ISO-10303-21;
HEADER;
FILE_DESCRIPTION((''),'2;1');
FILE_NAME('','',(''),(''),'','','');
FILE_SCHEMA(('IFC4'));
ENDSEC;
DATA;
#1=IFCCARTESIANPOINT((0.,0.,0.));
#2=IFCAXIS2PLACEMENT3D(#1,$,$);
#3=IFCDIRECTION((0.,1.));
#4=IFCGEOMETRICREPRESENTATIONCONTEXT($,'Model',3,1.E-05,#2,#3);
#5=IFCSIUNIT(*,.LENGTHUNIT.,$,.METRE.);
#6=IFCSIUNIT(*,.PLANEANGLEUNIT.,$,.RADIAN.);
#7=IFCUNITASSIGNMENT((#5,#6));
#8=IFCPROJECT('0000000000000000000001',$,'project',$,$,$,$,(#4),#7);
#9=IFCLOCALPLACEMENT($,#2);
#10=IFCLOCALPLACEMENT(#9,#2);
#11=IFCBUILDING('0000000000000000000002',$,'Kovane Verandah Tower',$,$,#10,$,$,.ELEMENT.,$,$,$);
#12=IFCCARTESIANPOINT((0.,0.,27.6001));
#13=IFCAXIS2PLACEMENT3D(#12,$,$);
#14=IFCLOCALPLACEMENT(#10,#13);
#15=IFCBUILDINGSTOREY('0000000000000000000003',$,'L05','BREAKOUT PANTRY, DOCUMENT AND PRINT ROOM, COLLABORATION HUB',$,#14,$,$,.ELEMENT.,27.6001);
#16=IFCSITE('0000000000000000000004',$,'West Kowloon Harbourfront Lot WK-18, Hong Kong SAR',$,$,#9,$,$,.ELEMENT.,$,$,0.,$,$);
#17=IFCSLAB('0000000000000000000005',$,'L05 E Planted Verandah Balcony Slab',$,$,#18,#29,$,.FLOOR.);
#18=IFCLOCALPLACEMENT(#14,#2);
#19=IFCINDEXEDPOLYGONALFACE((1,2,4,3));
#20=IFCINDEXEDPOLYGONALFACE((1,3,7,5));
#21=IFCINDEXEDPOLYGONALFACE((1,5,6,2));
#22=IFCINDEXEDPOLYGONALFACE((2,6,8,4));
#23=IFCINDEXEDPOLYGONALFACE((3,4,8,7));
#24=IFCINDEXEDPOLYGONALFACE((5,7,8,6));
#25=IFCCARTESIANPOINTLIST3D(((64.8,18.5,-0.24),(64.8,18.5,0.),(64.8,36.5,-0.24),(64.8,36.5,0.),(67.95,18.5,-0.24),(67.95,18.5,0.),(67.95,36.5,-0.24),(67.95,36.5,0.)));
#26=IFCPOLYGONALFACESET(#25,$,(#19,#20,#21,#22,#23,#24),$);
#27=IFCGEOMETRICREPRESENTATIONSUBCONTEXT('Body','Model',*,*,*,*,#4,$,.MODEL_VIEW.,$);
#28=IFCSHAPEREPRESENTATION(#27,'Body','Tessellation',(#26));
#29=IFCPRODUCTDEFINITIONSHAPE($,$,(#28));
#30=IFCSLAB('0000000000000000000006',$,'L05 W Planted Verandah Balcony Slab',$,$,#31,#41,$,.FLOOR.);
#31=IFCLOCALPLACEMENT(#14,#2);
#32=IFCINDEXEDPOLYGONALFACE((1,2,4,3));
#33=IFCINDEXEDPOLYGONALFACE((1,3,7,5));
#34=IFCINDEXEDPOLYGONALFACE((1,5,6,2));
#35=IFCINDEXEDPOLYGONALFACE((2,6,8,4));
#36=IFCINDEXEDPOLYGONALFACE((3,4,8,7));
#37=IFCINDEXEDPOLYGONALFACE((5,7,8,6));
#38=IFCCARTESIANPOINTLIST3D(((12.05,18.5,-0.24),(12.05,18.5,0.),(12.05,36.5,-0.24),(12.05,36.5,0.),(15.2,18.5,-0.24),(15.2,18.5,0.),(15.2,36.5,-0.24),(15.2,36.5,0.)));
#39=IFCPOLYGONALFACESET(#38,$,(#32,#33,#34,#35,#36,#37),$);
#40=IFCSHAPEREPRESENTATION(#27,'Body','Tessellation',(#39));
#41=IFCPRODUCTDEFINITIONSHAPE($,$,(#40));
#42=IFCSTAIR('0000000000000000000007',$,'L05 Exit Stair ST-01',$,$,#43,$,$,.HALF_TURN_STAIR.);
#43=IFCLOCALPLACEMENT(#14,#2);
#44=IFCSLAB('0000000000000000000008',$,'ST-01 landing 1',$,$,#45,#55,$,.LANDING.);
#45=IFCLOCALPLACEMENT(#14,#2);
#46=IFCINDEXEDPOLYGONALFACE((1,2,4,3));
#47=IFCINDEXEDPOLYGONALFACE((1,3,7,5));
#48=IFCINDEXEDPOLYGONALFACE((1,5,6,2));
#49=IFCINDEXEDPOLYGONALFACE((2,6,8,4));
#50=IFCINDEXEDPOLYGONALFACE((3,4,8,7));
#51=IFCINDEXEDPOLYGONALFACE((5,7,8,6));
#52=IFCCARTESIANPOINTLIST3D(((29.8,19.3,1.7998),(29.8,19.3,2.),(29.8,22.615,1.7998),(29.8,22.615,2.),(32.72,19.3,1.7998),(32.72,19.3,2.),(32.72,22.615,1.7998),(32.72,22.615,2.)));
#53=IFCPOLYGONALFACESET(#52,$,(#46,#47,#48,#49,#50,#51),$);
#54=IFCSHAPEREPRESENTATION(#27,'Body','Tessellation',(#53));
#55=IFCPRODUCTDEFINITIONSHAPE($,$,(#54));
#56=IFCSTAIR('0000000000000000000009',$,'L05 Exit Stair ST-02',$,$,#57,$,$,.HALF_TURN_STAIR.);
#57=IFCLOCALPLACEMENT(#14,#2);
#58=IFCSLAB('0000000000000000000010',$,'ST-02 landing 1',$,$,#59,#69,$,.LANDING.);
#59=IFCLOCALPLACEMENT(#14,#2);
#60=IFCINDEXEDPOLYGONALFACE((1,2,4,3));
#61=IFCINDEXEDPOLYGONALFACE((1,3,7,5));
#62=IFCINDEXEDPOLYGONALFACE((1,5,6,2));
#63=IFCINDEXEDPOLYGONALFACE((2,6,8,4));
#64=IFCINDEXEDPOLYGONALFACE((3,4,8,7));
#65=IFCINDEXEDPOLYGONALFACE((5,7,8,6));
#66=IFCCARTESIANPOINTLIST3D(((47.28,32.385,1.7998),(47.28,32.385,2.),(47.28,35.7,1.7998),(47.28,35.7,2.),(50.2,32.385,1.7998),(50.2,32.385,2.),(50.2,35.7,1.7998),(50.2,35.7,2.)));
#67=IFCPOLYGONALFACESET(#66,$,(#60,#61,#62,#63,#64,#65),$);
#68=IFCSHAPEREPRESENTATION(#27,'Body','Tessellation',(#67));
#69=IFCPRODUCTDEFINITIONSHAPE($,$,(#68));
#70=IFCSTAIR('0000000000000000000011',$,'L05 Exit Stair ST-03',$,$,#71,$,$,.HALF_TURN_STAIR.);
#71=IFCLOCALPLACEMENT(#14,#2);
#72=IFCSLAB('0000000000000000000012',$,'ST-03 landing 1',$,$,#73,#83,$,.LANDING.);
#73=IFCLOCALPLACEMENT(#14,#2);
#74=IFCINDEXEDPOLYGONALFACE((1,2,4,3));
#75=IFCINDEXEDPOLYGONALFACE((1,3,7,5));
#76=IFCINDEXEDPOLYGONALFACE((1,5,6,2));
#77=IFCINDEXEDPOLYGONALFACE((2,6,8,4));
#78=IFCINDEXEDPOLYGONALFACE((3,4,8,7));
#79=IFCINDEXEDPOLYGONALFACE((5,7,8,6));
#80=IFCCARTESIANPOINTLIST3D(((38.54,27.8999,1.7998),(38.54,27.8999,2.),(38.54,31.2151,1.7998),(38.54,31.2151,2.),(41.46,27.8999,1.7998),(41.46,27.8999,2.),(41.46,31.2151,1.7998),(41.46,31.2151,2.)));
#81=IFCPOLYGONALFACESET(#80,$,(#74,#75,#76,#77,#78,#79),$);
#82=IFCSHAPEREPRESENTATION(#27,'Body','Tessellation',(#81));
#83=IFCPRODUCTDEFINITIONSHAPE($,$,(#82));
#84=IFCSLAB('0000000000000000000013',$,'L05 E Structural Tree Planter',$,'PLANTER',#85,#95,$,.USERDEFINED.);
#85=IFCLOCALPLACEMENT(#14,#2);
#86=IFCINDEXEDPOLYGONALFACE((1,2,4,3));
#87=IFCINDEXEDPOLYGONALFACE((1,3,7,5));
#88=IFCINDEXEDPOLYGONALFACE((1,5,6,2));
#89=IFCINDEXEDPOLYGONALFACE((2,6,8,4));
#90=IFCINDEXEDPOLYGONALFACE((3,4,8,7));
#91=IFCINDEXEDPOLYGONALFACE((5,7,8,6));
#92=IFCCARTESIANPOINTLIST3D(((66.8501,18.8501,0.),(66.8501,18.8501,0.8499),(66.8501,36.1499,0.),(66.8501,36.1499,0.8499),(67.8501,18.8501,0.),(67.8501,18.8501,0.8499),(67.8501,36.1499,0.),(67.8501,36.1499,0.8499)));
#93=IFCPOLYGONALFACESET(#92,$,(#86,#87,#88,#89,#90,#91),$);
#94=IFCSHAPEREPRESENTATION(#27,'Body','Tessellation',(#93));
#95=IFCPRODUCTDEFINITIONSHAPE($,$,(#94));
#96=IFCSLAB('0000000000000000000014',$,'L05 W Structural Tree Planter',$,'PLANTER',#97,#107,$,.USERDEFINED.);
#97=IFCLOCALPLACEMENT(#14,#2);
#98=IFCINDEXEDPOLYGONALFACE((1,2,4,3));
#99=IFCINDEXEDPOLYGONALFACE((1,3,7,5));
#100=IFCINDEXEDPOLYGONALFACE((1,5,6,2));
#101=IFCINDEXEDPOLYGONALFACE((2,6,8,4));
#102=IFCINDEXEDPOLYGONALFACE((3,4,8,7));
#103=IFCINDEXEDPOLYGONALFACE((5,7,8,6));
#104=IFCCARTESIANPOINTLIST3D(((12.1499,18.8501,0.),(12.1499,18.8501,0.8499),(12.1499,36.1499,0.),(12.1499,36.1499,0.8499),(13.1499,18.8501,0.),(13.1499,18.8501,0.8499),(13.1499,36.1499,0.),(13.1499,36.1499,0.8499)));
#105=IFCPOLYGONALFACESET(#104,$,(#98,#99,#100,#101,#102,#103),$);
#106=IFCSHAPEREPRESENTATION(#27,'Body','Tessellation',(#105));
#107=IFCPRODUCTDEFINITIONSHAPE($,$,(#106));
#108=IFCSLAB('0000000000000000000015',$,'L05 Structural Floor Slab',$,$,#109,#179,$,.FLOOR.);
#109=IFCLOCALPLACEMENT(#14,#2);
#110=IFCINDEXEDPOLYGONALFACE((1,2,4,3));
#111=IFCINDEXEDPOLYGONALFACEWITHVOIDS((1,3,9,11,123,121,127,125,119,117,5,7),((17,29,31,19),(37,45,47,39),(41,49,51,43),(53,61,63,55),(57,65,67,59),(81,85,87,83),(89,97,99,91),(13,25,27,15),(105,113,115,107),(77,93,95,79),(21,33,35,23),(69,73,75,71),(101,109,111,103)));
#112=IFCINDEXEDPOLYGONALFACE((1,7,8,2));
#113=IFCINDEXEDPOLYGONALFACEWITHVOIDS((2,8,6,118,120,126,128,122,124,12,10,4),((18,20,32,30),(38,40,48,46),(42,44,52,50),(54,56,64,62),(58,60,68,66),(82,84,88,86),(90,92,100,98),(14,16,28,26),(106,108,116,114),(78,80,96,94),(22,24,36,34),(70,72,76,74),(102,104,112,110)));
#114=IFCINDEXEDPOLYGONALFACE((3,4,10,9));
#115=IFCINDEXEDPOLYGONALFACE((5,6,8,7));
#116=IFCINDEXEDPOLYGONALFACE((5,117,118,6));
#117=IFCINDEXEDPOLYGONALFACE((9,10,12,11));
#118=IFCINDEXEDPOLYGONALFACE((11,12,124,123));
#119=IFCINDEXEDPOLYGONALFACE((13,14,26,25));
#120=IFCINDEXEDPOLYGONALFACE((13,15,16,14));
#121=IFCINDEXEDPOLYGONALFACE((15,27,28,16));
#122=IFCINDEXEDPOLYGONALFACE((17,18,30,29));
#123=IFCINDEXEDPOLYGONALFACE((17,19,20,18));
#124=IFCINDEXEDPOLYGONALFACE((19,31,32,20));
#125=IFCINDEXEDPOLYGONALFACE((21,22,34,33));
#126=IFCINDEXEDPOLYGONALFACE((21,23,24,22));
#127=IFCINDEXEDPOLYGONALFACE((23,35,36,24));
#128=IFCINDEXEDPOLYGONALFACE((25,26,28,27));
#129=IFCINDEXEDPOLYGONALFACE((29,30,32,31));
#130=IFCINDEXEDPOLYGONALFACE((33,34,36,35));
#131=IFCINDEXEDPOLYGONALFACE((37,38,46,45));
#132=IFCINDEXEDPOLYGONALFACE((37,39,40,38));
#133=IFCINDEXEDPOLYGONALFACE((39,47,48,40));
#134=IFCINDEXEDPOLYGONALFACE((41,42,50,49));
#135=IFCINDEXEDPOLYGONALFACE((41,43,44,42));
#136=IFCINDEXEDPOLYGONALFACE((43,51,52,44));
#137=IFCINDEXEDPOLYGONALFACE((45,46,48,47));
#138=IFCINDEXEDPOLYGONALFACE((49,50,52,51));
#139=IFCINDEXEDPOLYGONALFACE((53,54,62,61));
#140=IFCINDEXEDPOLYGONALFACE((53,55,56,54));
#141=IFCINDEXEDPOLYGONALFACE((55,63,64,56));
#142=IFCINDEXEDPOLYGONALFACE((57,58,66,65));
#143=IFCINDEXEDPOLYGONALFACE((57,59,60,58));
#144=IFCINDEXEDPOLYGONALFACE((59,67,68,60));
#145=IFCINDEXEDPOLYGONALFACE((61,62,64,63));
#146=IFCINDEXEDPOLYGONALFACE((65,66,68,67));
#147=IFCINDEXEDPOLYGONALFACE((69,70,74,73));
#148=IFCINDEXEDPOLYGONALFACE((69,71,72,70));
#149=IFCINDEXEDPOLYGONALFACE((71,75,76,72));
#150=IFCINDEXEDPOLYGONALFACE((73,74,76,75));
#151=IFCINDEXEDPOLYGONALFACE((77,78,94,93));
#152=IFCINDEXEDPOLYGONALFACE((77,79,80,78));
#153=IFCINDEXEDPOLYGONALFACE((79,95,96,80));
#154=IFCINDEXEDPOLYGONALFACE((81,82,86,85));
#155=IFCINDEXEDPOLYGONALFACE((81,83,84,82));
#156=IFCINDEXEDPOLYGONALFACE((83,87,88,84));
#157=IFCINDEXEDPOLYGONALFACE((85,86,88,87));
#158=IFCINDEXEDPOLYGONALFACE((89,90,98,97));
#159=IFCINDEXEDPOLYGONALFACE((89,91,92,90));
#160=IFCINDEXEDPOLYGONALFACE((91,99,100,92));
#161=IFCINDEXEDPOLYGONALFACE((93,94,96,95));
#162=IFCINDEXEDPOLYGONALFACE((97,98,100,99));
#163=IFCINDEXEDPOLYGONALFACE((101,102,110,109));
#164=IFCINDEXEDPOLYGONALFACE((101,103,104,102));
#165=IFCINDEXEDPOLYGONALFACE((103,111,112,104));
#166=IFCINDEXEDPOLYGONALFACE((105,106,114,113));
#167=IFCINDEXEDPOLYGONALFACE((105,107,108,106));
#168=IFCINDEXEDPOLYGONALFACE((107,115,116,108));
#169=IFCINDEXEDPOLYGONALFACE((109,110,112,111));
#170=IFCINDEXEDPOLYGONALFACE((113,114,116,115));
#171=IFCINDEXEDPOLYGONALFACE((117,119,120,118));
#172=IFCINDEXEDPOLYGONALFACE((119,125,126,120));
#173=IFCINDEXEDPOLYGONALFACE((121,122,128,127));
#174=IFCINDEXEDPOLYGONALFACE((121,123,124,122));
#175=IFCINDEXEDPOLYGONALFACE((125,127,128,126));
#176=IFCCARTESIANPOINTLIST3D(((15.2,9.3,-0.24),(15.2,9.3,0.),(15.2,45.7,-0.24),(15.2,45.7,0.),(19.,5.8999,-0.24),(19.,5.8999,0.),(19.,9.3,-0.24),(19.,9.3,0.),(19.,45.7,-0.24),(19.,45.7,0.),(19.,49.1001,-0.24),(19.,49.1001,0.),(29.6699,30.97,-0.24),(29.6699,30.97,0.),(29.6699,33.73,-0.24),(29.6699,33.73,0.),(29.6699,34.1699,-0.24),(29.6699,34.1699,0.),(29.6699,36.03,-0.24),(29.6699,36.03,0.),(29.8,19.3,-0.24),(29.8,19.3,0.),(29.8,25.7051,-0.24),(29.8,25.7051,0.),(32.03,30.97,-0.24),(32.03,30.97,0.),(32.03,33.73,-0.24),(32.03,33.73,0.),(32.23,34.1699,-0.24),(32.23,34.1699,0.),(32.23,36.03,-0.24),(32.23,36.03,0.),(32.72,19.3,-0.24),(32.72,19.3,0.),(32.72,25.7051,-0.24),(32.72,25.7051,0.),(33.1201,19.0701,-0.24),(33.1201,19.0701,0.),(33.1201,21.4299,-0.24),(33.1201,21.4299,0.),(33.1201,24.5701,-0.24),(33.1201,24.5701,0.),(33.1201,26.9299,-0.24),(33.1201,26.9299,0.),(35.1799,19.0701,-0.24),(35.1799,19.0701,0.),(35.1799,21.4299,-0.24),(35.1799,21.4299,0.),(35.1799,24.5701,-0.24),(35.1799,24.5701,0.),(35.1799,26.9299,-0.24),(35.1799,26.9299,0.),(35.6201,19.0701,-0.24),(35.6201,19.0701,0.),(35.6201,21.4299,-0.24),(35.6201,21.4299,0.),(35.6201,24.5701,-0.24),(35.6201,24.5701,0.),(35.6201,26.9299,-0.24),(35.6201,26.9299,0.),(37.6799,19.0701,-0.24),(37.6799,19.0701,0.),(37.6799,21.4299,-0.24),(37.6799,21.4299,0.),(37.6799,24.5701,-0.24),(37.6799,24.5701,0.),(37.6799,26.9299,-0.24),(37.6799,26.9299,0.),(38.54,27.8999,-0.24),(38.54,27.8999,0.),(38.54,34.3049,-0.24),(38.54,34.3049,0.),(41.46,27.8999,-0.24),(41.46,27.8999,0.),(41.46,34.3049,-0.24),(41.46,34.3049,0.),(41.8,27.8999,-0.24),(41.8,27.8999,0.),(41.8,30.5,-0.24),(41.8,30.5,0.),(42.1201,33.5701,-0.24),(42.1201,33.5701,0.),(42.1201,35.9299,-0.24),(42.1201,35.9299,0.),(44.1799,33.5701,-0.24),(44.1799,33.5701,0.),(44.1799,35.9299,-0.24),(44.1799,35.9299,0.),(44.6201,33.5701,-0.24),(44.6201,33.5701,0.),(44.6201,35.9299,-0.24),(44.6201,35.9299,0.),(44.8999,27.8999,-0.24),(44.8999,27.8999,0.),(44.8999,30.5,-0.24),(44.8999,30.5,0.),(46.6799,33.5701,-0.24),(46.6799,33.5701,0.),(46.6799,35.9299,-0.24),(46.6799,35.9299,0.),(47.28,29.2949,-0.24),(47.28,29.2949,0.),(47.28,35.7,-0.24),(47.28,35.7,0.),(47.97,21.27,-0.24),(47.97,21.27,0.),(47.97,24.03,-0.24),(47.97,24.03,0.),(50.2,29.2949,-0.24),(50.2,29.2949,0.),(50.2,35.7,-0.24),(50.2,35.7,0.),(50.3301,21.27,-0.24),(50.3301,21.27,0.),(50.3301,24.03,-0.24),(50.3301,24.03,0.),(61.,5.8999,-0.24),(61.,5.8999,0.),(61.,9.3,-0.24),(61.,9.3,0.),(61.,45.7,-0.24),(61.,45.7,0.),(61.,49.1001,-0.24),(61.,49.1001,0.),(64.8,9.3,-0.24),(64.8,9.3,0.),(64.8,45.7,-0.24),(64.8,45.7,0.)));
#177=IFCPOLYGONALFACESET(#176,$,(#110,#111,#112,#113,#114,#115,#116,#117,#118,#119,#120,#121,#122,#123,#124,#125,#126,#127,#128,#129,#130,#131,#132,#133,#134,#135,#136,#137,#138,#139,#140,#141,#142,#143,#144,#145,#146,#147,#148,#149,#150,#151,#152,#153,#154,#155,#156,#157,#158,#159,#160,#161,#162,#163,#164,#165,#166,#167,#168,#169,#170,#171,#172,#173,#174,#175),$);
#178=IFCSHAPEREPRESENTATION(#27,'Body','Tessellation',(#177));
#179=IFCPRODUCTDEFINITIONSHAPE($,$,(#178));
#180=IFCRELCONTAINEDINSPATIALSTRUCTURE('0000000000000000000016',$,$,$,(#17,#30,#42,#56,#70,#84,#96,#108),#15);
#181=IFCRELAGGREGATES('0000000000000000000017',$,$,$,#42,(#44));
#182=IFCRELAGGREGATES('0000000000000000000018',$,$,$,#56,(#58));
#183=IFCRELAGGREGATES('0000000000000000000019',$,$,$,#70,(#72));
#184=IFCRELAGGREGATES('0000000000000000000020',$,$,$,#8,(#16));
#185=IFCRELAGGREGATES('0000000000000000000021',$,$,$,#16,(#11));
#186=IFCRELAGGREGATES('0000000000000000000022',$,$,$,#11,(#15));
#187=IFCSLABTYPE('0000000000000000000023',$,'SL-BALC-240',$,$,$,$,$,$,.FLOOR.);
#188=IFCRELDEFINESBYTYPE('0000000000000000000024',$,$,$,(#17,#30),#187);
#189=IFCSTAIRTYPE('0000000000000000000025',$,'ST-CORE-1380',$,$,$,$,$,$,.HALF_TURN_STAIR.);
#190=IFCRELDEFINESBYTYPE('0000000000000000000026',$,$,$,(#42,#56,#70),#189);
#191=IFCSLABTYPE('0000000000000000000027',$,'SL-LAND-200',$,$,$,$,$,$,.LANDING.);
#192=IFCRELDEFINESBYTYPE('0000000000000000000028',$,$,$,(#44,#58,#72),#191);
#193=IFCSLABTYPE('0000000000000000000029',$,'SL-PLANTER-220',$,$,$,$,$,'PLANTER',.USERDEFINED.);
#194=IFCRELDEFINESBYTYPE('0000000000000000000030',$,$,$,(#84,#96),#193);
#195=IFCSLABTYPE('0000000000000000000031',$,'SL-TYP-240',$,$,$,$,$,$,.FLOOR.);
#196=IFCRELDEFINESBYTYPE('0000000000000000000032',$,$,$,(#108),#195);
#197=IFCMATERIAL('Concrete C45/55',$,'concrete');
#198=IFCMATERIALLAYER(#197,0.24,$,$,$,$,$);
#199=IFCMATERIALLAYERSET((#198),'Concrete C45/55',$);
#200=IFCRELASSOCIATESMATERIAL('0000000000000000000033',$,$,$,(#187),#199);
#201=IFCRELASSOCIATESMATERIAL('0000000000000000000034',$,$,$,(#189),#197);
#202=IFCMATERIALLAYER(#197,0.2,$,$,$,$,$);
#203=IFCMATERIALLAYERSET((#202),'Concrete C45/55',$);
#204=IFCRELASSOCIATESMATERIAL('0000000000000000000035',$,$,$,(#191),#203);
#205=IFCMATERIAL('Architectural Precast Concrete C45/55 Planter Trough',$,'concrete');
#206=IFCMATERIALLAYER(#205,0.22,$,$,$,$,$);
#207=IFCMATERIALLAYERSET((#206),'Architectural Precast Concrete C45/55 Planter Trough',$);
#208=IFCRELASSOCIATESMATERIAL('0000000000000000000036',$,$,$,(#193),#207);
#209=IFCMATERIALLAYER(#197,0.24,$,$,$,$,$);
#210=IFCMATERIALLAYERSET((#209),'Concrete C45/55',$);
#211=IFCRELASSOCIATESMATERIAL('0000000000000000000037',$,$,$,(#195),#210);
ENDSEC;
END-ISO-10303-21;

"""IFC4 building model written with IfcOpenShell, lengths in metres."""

from ifc_helpers import new_model, si_unit, direction, frame, origin, place, context, subcontext, project, spatial, polyline, outline, extrude, material, layer, layer_set, type_object, element, aggregate, save


model = new_model("IFC4")

# Units and contexts
model_context = context("Model", 3, precision=1e-05, world=origin(), true_north=direction((0.0, 1.0)))
body_context = subcontext(model_context, "Body", "Model", "MODEL_VIEW")
ifc_project = project(units=[si_unit("LENGTHUNIT", "METRE"), si_unit("PLANEANGLEUNIT", "RADIAN")], contexts=[model_context])

# Site, building, storey
site_placement = place(None, origin())
site = spatial("IfcSite", under=ifc_project, at=site_placement, Name="West Kowloon Harbourfront Lot WK-18, Hong Kong SAR", CompositionType="ELEMENT", RefElevation=0.0)
building_placement = place(site_placement, origin())
building = spatial("IfcBuilding", under=site, at=building_placement, Name="Kovane Verandah Tower", CompositionType="ELEMENT")
storey_placement = place(building_placement, frame((0.0, 0.0, 27.6001)))
storey = spatial("IfcBuildingStorey", under=building, at=storey_placement, Name="L05", Description="BREAKOUT PANTRY, DOCUMENT AND PRINT ROOM, COLLABORATION HUB", CompositionType="ELEMENT", Elevation=27.6001)

# Slabs
ifc_material_1 = material(Name="Concrete C45/55", Category="concrete")
ifc_layer_1 = layer(ifc_material_1, 0.24)
ifc_layer_set_1 = layer_set([ifc_layer_1], Name="Concrete C45/55")
slab_type_1 = type_object("IfcSlabType", Name="SL-BALC-240", PredefinedType="FLOOR", material=ifc_layer_set_1)
slab_1_placement = place(storey_placement, frame((0.0, 0.0, -0.24)))
element("IfcSlab", 1, at=slab_1_placement, inside=storey, type_object=slab_type_1, Name="L05 E Planted Verandah Balcony Slab", PredefinedType="FLOOR", context=body_context, shape_type="SweptSolid", body=[
    extrude(outline(polyline([(64.8, 18.5), (67.95, 18.5), (67.95, 36.5), (64.8, 36.5), (64.8, 18.5)])), origin(), (0.0, 0.0, 1.0), 0.24),
])
slab_2_placement = place(storey_placement, frame((0.0, 0.0, -0.24)))
element("IfcSlab", 2, at=slab_2_placement, inside=storey, type_object=slab_type_1, Name="L05 W Planted Verandah Balcony Slab", PredefinedType="FLOOR", context=body_context, shape_type="SweptSolid", body=[
    extrude(outline(polyline([(12.05, 18.5), (15.2, 18.5), (15.2, 36.5), (12.05, 36.5), (12.05, 18.5)])), origin(), (0.0, 0.0, 1.0), 0.24),
])

# Stairs, slabs
stair_type = type_object("IfcStairType", Name="ST-CORE-1380", PredefinedType="HALF_TURN_STAIR", material=ifc_material_1)
stair_1_placement = place(storey_placement, origin())
stair_1 = element("IfcStair", 3, at=stair_1_placement, inside=storey, type_object=stair_type, Name="L05 Exit Stair ST-01", PredefinedType="HALF_TURN_STAIR")
ifc_layer_2 = layer(ifc_material_1, 0.2)
ifc_layer_set_2 = layer_set([ifc_layer_2], Name="Concrete C45/55")
slab_type_2 = type_object("IfcSlabType", Name="SL-LAND-200", PredefinedType="LANDING", material=ifc_layer_set_2)
slab_3_placement = place(storey_placement, frame((0.0, 0.0, 1.7998)))
slab_3 = element("IfcSlab", 4, at=slab_3_placement, type_object=slab_type_2, Name="ST-01 landing 1", PredefinedType="LANDING", context=body_context, shape_type="SweptSolid", body=[
    extrude(outline(polyline([(29.8, 22.615), (29.8, 19.3), (32.72, 19.3), (32.72, 22.615), (29.8, 22.615)])), origin(), (0.0, 0.0, 1.0), 0.2002),
])
aggregate(stair_1, [slab_3])
stair_2_placement = place(storey_placement, origin())
stair_2 = element("IfcStair", 5, at=stair_2_placement, inside=storey, type_object=stair_type, Name="L05 Exit Stair ST-02", PredefinedType="HALF_TURN_STAIR")
slab_4_placement = place(storey_placement, frame((0.0, 0.0, 1.7998)))
slab_4 = element("IfcSlab", 6, at=slab_4_placement, type_object=slab_type_2, Name="ST-02 landing 1", PredefinedType="LANDING", context=body_context, shape_type="SweptSolid", body=[
    extrude(outline(polyline([(50.2, 32.385), (50.2, 35.7), (47.28, 35.7), (47.28, 32.385), (50.2, 32.385)])), origin(), (0.0, 0.0, 1.0), 0.2002),
])
aggregate(stair_2, [slab_4])
stair_3_placement = place(storey_placement, origin())
stair_3 = element("IfcStair", 7, at=stair_3_placement, inside=storey, type_object=stair_type, Name="L05 Exit Stair ST-03", PredefinedType="HALF_TURN_STAIR")
slab_5_placement = place(storey_placement, frame((0.0, 0.0, 1.7998)))
slab_5 = element("IfcSlab", 8, at=slab_5_placement, type_object=slab_type_2, Name="ST-03 landing 1", PredefinedType="LANDING", context=body_context, shape_type="SweptSolid", body=[
    extrude(outline(polyline([(38.54, 31.2151), (38.54, 27.8999), (41.46, 27.8999), (41.46, 31.2151), (38.54, 31.2151)])), origin(), (0.0, 0.0, 1.0), 0.2002),
])
aggregate(stair_3, [slab_5])

# Slabs
ifc_material_2 = material(Name="Architectural Precast Concrete C45/55 Planter Trough", Category="concrete")
ifc_layer_3 = layer(ifc_material_2, 0.22)
ifc_layer_set_3 = layer_set([ifc_layer_3], Name="Architectural Precast Concrete C45/55 Planter Trough")
slab_type_3 = type_object("IfcSlabType", Name="SL-PLANTER-220", ElementType="PLANTER", PredefinedType="USERDEFINED", material=ifc_layer_set_3)
slab_6_placement = place(storey_placement, origin())
element("IfcSlab", 9, at=slab_6_placement, inside=storey, type_object=slab_type_3, Name="L05 E Structural Tree Planter", ObjectType="PLANTER", PredefinedType="USERDEFINED", context=body_context, shape_type="SweptSolid", body=[
    extrude(outline(polyline([(66.8501, 18.8501), (67.8501, 18.8501), (67.8501, 36.1499), (66.8501, 36.1499), (66.8501, 18.8501)])), origin(), (0.0, 0.0, 1.0), 0.8499),
])
slab_7_placement = place(storey_placement, origin())
element("IfcSlab", 10, at=slab_7_placement, inside=storey, type_object=slab_type_3, Name="L05 W Structural Tree Planter", ObjectType="PLANTER", PredefinedType="USERDEFINED", context=body_context, shape_type="SweptSolid", body=[
    extrude(outline(polyline([(12.1499, 18.8501), (13.1499, 18.8501), (13.1499, 36.1499), (12.1499, 36.1499), (12.1499, 18.8501)])), origin(), (0.0, 0.0, 1.0), 0.8499),
])
ifc_layer_4 = layer(ifc_material_1, 0.24)
ifc_layer_set_4 = layer_set([ifc_layer_4], Name="Concrete C45/55")
slab_type_4 = type_object("IfcSlabType", Name="SL-TYP-240", PredefinedType="FLOOR", material=ifc_layer_set_4)
slab_8_placement = place(storey_placement, frame((0.0, 0.0, -0.24)))
element("IfcSlab", 11, at=slab_8_placement, inside=storey, type_object=slab_type_4, Name="L05 Structural Floor Slab", PredefinedType="FLOOR", context=body_context, shape_type="SweptSolid", body=[
    extrude(outline(polyline([(19.0, 5.8999), (61.0, 5.8999), (61.0, 9.3), (64.8, 9.3), (64.8, 45.7), (61.0, 45.7), (61.0, 49.1001), (19.0, 49.1001), (19.0, 45.7), (15.2, 45.7), (15.2, 9.3), (19.0, 9.3), (19.0, 5.8999)]), holes=[polyline([(29.8, 19.3), (32.72, 19.3), (32.72, 25.7051), (29.8, 25.7051), (29.8, 19.3)]), polyline([(47.28, 29.2949), (50.2, 29.2949), (50.2, 35.7), (47.28, 35.7), (47.28, 29.2949)]), polyline([(38.54, 27.8999), (41.46, 27.8999), (41.46, 34.3049), (38.54, 34.3049), (38.54, 27.8999)]), polyline([(29.6699, 30.97), (32.03, 30.97), (32.03, 33.73), (29.6699, 33.73), (29.6699, 30.97)]), polyline([(47.97, 21.27), (50.3301, 21.27), (50.3301, 24.03), (47.97, 24.03), (47.97, 21.27)]), polyline([(29.6699, 34.1699), (32.23, 34.1699), (32.23, 36.03), (29.6699, 36.03), (29.6699, 34.1699)]), polyline([(33.1201, 19.0701), (35.1799, 19.0701), (35.1799, 21.4299), (33.1201, 21.4299), (33.1201, 19.0701)]), polyline([(35.6201, 19.0701), (37.6799, 19.0701), (37.6799, 21.4299), (35.6201, 21.4299), (35.6201, 19.0701)]), polyline([(33.1201, 24.5701), (35.1799, 24.5701), (35.1799, 26.9299), (33.1201, 26.9299), (33.1201, 24.5701)]), polyline([(35.6201, 24.5701), (37.6799, 24.5701), (37.6799, 26.9299), (35.6201, 26.9299), (35.6201, 24.5701)]), polyline([(42.1201, 33.5701), (44.1799, 33.5701), (44.1799, 35.9299), (42.1201, 35.9299), (42.1201, 33.5701)]), polyline([(44.6201, 33.5701), (46.6799, 33.5701), (46.6799, 35.9299), (44.6201, 35.9299), (44.6201, 33.5701)]), polyline([(41.8, 27.8999), (44.8999, 27.8999), (44.8999, 30.5), (41.8, 30.5), (41.8, 27.8999)])]), origin(), (0.0, 0.0, 1.0), 0.24),
])

save(model, "model.ifc")
